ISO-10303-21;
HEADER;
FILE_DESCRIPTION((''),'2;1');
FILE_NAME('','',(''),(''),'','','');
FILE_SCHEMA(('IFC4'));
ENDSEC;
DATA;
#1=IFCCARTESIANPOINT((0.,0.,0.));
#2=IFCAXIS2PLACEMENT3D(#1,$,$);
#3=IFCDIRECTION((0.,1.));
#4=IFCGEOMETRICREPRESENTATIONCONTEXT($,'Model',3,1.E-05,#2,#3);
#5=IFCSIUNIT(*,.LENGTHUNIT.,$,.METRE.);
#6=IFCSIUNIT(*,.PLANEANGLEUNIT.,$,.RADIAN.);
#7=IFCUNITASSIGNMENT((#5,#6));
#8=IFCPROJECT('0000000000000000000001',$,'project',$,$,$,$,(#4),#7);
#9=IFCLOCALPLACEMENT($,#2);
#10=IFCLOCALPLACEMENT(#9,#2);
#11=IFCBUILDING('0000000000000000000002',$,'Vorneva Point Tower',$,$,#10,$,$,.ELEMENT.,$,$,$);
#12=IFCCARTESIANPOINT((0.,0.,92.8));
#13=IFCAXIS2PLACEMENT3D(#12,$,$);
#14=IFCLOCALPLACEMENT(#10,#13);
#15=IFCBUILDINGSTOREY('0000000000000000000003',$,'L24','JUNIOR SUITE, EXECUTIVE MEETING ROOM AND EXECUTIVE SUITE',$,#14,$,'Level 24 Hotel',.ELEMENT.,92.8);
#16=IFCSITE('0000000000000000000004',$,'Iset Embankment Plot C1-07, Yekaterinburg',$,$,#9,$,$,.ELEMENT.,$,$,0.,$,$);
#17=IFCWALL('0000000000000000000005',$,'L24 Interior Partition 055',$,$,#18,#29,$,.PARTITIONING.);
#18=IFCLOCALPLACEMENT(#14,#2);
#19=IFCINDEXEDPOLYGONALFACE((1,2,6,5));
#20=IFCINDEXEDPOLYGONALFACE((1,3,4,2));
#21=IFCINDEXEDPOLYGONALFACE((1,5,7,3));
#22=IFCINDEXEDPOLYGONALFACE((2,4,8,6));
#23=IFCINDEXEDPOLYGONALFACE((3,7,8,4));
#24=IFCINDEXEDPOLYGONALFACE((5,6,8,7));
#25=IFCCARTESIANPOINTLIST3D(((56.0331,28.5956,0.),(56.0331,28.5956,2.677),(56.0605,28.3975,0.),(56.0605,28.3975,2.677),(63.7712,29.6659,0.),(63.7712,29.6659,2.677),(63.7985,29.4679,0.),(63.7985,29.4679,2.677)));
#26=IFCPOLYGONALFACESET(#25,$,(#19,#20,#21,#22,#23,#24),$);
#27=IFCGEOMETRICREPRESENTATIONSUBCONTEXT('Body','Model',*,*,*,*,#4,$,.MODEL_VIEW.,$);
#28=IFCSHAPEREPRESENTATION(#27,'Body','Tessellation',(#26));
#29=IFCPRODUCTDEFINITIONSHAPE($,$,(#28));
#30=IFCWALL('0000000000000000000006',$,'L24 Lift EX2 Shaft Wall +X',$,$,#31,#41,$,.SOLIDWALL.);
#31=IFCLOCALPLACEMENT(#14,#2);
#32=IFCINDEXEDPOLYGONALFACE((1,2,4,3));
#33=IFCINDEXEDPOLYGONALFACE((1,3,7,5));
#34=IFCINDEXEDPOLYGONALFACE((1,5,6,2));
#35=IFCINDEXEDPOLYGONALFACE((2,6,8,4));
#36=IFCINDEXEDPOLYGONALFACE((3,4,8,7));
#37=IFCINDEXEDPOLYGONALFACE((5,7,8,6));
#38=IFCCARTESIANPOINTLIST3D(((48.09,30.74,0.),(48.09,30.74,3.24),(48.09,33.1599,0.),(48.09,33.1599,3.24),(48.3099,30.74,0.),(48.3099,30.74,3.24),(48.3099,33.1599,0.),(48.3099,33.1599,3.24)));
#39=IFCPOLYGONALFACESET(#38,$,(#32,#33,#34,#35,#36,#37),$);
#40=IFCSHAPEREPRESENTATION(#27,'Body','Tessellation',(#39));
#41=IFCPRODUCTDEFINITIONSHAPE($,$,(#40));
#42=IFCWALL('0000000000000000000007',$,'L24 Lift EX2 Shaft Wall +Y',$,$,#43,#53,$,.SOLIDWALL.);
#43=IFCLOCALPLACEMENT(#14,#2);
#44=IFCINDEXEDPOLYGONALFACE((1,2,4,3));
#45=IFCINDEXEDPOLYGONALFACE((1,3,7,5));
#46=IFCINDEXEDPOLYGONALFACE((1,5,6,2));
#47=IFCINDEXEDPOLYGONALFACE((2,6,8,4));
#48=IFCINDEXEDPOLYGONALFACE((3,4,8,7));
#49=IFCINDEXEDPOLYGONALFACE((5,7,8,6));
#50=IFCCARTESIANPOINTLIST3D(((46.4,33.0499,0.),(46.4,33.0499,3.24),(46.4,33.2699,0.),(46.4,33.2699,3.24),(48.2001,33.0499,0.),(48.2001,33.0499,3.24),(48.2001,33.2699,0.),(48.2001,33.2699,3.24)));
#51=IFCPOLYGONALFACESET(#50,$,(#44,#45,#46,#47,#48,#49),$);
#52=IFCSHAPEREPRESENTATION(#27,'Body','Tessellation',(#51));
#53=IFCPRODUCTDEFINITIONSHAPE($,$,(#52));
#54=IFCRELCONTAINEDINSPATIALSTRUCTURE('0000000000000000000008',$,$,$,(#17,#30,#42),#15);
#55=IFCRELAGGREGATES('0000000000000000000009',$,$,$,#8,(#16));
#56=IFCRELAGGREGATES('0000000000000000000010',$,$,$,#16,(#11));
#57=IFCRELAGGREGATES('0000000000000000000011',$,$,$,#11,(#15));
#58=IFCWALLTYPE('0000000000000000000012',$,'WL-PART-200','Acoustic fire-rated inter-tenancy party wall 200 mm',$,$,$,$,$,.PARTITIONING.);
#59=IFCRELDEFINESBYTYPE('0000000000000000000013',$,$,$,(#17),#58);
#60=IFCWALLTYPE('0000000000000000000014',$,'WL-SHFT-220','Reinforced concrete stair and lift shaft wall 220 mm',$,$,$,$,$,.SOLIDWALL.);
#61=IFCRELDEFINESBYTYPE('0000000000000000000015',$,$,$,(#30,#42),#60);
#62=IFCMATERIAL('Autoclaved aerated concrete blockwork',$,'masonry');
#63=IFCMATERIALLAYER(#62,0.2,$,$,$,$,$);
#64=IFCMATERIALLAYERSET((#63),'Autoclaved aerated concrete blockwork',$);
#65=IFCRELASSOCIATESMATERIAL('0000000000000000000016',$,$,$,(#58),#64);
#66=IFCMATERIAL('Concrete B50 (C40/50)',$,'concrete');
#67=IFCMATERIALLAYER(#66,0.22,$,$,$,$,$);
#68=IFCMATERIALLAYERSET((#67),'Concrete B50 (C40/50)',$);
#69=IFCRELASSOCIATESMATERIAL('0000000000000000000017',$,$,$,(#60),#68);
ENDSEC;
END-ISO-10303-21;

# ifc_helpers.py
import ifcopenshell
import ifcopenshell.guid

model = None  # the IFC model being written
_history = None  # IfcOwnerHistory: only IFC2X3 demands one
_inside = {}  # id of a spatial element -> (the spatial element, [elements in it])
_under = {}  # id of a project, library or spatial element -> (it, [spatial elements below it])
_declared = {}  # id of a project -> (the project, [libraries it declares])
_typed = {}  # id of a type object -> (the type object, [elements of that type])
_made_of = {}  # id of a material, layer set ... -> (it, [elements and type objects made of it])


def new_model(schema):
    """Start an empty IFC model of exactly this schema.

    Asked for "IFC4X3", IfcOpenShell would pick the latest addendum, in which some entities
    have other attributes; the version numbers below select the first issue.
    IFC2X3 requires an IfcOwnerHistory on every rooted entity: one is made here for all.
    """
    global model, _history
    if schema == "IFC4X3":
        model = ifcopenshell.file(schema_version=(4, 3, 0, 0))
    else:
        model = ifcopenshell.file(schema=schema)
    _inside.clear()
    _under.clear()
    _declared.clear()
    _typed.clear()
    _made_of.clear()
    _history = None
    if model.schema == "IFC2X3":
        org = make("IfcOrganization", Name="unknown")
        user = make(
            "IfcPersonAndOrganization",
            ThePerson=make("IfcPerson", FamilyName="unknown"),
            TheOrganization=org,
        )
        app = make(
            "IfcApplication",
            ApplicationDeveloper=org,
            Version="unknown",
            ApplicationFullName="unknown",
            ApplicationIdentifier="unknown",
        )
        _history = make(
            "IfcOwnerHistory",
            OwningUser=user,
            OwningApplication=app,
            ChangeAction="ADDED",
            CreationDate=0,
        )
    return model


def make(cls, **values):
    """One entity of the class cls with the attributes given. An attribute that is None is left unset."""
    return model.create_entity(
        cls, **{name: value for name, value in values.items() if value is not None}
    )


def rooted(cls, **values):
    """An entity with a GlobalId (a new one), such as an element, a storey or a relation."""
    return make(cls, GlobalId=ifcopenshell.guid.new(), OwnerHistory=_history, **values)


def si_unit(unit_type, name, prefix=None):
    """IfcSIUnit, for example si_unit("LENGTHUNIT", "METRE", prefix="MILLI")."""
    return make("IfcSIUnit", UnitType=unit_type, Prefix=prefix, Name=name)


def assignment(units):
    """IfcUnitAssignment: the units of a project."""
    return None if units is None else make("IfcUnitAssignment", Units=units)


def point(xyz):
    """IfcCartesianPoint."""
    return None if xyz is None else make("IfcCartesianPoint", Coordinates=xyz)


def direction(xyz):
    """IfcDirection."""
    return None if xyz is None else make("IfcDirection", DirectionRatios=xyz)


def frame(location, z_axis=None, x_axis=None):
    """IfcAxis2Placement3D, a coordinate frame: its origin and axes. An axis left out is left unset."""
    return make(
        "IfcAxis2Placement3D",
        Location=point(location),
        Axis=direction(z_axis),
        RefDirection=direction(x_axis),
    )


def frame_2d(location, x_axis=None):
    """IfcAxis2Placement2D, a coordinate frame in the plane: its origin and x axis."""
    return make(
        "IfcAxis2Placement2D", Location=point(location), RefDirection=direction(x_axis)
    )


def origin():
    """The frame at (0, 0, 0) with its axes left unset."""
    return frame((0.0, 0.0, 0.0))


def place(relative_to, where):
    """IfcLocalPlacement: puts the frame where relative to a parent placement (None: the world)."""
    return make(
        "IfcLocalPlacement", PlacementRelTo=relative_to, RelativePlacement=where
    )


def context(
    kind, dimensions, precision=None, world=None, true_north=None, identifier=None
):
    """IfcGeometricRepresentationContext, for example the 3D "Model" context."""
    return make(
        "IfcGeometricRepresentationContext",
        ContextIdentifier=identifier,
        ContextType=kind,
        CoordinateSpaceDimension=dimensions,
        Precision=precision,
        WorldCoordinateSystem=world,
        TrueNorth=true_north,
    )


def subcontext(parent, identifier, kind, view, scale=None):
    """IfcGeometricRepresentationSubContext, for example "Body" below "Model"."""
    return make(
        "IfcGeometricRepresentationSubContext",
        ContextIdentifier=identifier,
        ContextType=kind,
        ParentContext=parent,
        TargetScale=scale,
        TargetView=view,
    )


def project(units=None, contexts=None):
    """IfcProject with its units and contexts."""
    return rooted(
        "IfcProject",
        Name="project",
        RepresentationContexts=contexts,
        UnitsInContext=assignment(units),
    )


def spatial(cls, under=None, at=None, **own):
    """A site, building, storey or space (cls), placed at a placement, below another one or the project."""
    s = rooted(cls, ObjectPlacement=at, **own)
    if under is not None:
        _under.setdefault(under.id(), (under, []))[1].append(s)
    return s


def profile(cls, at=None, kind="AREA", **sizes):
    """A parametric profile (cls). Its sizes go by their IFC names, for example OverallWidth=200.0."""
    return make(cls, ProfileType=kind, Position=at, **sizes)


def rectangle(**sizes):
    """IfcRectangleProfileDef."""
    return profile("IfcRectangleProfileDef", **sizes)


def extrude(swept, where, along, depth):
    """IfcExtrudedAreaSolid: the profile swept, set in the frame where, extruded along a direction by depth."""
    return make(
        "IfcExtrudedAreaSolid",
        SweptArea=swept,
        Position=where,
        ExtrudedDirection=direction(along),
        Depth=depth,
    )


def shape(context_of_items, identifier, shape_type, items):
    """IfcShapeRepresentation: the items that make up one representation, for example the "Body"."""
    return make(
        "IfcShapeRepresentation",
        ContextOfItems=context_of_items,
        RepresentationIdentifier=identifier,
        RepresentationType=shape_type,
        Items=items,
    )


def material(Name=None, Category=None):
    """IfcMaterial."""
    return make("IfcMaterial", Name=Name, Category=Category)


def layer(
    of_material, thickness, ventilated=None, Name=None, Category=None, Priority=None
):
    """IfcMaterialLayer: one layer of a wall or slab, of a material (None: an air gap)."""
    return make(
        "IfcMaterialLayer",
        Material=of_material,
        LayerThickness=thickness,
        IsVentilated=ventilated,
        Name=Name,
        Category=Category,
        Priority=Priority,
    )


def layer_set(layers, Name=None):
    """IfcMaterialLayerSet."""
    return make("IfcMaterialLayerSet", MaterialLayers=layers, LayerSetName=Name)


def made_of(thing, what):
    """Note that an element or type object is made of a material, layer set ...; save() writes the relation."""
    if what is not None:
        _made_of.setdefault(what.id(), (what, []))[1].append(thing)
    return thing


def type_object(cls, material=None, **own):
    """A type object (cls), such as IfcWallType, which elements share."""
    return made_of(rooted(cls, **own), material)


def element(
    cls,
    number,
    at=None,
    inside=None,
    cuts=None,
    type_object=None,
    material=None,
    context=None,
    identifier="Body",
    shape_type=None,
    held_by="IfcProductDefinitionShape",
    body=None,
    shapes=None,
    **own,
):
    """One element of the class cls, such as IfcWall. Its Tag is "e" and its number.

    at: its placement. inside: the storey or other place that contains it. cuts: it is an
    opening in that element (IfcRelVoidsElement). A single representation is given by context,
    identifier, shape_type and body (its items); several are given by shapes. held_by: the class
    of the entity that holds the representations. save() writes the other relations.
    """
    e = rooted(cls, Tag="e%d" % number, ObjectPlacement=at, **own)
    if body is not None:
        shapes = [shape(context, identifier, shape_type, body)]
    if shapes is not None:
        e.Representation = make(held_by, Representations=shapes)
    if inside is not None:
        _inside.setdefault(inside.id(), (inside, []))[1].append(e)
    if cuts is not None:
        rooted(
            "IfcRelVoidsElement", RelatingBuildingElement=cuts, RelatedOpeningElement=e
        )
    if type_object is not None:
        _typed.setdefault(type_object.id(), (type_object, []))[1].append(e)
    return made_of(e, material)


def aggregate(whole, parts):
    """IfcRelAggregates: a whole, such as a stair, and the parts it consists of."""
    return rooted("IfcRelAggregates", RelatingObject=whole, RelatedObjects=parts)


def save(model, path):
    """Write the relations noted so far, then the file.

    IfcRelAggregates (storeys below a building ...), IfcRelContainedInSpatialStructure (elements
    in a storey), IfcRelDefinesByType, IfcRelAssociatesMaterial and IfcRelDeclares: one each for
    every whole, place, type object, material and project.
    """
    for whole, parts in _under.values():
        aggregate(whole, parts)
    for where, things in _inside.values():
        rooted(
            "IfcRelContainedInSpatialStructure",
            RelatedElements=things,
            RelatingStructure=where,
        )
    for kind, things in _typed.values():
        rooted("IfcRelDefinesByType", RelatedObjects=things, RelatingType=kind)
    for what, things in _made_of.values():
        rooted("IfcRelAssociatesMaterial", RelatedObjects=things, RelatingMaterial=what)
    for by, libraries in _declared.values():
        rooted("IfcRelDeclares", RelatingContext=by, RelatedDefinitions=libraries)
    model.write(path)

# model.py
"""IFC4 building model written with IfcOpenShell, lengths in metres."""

from ifc_helpers import new_model, si_unit, direction, frame, frame_2d, origin, place, context, subcontext, project, spatial, rectangle, extrude, material, layer, layer_set, type_object, element, save


model = new_model("IFC4")

# Units and contexts
model_context = context("Model", 3, precision=1e-05, world=origin(), true_north=direction((0.0, 1.0)))
body_context = subcontext(model_context, "Body", "Model", "MODEL_VIEW")
ifc_project = project(units=[si_unit("LENGTHUNIT", "METRE"), si_unit("PLANEANGLEUNIT", "RADIAN")], contexts=[model_context])

# Site, building, storey
site_placement = place(None, origin())
site = spatial("IfcSite", under=ifc_project, at=site_placement, Name="Iset Embankment Plot C1-07, Yekaterinburg", CompositionType="ELEMENT", RefElevation=0.0)
building_placement = place(site_placement, origin())
building = spatial("IfcBuilding", under=site, at=building_placement, Name="Vorneva Point Tower", CompositionType="ELEMENT")
storey_placement = place(building_placement, frame((0.0, 0.0, 92.8)))
storey = spatial("IfcBuildingStorey", under=building, at=storey_placement, Name="L24", Description="JUNIOR SUITE, EXECUTIVE MEETING ROOM AND EXECUTIVE SUITE", LongName="Level 24 Hotel", CompositionType="ELEMENT", Elevation=92.8)

# Shared definitions
ifc_material_1 = material(Name="Autoclaved aerated concrete blockwork", Category="masonry")

# Walls
ifc_layer_1 = layer(ifc_material_1, 0.2)
ifc_layer_set_1 = layer_set([ifc_layer_1], Name="Autoclaved aerated concrete blockwork")
wall_type_1 = type_object("IfcWallType", Name="WL-PART-200", Description="Acoustic fire-rated inter-tenancy party wall 200 mm", PredefinedType="PARTITIONING", material=ifc_layer_set_1)
wall_1_placement = place(storey_placement, frame((56.0469, 28.4966, 0.0), z_axis=(0.0, 0.0, 1.0), x_axis=(0.990569, 0.137014, 0.0)))
element("IfcWall", 1, at=wall_1_placement, inside=storey, type_object=wall_type_1, Name="L24 Interior Partition 055", PredefinedType="PARTITIONING", context=body_context, shape_type="SweptSolid", body=[
    extrude(rectangle(XDim=7.8118, YDim=0.2, at=frame_2d((3.9058, 0.0))), origin(), (0.0, 0.0, 1.0), 2.677),
])
ifc_material_2 = material(Name="Concrete B50 (C40/50)", Category="concrete")
ifc_layer_2 = layer(ifc_material_2, 0.22)
ifc_layer_set_2 = layer_set([ifc_layer_2], Name="Concrete B50 (C40/50)")
wall_type_2 = type_object("IfcWallType", Name="WL-SHFT-220", Description="Reinforced concrete stair and lift shaft wall 220 mm", PredefinedType="SOLIDWALL", material=ifc_layer_set_2)
wall_2_placement = place(storey_placement, frame((48.2, 30.74, 0.0), z_axis=(0.0, 0.0, 1.0), x_axis=(0.0, 1.0, 0.0)))
element("IfcWall", 2, at=wall_2_placement, inside=storey, type_object=wall_type_2, Name="L24 Lift EX2 Shaft Wall +X", PredefinedType="SOLIDWALL", context=body_context, shape_type="SweptSolid", body=[
    extrude(rectangle(XDim=2.4199, YDim=0.22, at=frame_2d((1.21, 0.0))), origin(), (0.0, 0.0, 1.0), 3.24),
])
wall_3_placement = place(storey_placement, frame((48.2, 33.1599, 0.0), z_axis=(0.0, 0.0, 1.0), x_axis=(-1.0, 0.0, 0.0)))
element("IfcWall", 3, at=wall_3_placement, inside=storey, type_object=wall_type_2, Name="L24 Lift EX2 Shaft Wall +Y", PredefinedType="SOLIDWALL", context=body_context, shape_type="SweptSolid", body=[
    extrude(rectangle(XDim=1.8, YDim=0.22, at=frame_2d((0.8999, 0.0))), origin(), (0.0, 0.0, 1.0), 3.24),
])

save(model, "model.ifc")
